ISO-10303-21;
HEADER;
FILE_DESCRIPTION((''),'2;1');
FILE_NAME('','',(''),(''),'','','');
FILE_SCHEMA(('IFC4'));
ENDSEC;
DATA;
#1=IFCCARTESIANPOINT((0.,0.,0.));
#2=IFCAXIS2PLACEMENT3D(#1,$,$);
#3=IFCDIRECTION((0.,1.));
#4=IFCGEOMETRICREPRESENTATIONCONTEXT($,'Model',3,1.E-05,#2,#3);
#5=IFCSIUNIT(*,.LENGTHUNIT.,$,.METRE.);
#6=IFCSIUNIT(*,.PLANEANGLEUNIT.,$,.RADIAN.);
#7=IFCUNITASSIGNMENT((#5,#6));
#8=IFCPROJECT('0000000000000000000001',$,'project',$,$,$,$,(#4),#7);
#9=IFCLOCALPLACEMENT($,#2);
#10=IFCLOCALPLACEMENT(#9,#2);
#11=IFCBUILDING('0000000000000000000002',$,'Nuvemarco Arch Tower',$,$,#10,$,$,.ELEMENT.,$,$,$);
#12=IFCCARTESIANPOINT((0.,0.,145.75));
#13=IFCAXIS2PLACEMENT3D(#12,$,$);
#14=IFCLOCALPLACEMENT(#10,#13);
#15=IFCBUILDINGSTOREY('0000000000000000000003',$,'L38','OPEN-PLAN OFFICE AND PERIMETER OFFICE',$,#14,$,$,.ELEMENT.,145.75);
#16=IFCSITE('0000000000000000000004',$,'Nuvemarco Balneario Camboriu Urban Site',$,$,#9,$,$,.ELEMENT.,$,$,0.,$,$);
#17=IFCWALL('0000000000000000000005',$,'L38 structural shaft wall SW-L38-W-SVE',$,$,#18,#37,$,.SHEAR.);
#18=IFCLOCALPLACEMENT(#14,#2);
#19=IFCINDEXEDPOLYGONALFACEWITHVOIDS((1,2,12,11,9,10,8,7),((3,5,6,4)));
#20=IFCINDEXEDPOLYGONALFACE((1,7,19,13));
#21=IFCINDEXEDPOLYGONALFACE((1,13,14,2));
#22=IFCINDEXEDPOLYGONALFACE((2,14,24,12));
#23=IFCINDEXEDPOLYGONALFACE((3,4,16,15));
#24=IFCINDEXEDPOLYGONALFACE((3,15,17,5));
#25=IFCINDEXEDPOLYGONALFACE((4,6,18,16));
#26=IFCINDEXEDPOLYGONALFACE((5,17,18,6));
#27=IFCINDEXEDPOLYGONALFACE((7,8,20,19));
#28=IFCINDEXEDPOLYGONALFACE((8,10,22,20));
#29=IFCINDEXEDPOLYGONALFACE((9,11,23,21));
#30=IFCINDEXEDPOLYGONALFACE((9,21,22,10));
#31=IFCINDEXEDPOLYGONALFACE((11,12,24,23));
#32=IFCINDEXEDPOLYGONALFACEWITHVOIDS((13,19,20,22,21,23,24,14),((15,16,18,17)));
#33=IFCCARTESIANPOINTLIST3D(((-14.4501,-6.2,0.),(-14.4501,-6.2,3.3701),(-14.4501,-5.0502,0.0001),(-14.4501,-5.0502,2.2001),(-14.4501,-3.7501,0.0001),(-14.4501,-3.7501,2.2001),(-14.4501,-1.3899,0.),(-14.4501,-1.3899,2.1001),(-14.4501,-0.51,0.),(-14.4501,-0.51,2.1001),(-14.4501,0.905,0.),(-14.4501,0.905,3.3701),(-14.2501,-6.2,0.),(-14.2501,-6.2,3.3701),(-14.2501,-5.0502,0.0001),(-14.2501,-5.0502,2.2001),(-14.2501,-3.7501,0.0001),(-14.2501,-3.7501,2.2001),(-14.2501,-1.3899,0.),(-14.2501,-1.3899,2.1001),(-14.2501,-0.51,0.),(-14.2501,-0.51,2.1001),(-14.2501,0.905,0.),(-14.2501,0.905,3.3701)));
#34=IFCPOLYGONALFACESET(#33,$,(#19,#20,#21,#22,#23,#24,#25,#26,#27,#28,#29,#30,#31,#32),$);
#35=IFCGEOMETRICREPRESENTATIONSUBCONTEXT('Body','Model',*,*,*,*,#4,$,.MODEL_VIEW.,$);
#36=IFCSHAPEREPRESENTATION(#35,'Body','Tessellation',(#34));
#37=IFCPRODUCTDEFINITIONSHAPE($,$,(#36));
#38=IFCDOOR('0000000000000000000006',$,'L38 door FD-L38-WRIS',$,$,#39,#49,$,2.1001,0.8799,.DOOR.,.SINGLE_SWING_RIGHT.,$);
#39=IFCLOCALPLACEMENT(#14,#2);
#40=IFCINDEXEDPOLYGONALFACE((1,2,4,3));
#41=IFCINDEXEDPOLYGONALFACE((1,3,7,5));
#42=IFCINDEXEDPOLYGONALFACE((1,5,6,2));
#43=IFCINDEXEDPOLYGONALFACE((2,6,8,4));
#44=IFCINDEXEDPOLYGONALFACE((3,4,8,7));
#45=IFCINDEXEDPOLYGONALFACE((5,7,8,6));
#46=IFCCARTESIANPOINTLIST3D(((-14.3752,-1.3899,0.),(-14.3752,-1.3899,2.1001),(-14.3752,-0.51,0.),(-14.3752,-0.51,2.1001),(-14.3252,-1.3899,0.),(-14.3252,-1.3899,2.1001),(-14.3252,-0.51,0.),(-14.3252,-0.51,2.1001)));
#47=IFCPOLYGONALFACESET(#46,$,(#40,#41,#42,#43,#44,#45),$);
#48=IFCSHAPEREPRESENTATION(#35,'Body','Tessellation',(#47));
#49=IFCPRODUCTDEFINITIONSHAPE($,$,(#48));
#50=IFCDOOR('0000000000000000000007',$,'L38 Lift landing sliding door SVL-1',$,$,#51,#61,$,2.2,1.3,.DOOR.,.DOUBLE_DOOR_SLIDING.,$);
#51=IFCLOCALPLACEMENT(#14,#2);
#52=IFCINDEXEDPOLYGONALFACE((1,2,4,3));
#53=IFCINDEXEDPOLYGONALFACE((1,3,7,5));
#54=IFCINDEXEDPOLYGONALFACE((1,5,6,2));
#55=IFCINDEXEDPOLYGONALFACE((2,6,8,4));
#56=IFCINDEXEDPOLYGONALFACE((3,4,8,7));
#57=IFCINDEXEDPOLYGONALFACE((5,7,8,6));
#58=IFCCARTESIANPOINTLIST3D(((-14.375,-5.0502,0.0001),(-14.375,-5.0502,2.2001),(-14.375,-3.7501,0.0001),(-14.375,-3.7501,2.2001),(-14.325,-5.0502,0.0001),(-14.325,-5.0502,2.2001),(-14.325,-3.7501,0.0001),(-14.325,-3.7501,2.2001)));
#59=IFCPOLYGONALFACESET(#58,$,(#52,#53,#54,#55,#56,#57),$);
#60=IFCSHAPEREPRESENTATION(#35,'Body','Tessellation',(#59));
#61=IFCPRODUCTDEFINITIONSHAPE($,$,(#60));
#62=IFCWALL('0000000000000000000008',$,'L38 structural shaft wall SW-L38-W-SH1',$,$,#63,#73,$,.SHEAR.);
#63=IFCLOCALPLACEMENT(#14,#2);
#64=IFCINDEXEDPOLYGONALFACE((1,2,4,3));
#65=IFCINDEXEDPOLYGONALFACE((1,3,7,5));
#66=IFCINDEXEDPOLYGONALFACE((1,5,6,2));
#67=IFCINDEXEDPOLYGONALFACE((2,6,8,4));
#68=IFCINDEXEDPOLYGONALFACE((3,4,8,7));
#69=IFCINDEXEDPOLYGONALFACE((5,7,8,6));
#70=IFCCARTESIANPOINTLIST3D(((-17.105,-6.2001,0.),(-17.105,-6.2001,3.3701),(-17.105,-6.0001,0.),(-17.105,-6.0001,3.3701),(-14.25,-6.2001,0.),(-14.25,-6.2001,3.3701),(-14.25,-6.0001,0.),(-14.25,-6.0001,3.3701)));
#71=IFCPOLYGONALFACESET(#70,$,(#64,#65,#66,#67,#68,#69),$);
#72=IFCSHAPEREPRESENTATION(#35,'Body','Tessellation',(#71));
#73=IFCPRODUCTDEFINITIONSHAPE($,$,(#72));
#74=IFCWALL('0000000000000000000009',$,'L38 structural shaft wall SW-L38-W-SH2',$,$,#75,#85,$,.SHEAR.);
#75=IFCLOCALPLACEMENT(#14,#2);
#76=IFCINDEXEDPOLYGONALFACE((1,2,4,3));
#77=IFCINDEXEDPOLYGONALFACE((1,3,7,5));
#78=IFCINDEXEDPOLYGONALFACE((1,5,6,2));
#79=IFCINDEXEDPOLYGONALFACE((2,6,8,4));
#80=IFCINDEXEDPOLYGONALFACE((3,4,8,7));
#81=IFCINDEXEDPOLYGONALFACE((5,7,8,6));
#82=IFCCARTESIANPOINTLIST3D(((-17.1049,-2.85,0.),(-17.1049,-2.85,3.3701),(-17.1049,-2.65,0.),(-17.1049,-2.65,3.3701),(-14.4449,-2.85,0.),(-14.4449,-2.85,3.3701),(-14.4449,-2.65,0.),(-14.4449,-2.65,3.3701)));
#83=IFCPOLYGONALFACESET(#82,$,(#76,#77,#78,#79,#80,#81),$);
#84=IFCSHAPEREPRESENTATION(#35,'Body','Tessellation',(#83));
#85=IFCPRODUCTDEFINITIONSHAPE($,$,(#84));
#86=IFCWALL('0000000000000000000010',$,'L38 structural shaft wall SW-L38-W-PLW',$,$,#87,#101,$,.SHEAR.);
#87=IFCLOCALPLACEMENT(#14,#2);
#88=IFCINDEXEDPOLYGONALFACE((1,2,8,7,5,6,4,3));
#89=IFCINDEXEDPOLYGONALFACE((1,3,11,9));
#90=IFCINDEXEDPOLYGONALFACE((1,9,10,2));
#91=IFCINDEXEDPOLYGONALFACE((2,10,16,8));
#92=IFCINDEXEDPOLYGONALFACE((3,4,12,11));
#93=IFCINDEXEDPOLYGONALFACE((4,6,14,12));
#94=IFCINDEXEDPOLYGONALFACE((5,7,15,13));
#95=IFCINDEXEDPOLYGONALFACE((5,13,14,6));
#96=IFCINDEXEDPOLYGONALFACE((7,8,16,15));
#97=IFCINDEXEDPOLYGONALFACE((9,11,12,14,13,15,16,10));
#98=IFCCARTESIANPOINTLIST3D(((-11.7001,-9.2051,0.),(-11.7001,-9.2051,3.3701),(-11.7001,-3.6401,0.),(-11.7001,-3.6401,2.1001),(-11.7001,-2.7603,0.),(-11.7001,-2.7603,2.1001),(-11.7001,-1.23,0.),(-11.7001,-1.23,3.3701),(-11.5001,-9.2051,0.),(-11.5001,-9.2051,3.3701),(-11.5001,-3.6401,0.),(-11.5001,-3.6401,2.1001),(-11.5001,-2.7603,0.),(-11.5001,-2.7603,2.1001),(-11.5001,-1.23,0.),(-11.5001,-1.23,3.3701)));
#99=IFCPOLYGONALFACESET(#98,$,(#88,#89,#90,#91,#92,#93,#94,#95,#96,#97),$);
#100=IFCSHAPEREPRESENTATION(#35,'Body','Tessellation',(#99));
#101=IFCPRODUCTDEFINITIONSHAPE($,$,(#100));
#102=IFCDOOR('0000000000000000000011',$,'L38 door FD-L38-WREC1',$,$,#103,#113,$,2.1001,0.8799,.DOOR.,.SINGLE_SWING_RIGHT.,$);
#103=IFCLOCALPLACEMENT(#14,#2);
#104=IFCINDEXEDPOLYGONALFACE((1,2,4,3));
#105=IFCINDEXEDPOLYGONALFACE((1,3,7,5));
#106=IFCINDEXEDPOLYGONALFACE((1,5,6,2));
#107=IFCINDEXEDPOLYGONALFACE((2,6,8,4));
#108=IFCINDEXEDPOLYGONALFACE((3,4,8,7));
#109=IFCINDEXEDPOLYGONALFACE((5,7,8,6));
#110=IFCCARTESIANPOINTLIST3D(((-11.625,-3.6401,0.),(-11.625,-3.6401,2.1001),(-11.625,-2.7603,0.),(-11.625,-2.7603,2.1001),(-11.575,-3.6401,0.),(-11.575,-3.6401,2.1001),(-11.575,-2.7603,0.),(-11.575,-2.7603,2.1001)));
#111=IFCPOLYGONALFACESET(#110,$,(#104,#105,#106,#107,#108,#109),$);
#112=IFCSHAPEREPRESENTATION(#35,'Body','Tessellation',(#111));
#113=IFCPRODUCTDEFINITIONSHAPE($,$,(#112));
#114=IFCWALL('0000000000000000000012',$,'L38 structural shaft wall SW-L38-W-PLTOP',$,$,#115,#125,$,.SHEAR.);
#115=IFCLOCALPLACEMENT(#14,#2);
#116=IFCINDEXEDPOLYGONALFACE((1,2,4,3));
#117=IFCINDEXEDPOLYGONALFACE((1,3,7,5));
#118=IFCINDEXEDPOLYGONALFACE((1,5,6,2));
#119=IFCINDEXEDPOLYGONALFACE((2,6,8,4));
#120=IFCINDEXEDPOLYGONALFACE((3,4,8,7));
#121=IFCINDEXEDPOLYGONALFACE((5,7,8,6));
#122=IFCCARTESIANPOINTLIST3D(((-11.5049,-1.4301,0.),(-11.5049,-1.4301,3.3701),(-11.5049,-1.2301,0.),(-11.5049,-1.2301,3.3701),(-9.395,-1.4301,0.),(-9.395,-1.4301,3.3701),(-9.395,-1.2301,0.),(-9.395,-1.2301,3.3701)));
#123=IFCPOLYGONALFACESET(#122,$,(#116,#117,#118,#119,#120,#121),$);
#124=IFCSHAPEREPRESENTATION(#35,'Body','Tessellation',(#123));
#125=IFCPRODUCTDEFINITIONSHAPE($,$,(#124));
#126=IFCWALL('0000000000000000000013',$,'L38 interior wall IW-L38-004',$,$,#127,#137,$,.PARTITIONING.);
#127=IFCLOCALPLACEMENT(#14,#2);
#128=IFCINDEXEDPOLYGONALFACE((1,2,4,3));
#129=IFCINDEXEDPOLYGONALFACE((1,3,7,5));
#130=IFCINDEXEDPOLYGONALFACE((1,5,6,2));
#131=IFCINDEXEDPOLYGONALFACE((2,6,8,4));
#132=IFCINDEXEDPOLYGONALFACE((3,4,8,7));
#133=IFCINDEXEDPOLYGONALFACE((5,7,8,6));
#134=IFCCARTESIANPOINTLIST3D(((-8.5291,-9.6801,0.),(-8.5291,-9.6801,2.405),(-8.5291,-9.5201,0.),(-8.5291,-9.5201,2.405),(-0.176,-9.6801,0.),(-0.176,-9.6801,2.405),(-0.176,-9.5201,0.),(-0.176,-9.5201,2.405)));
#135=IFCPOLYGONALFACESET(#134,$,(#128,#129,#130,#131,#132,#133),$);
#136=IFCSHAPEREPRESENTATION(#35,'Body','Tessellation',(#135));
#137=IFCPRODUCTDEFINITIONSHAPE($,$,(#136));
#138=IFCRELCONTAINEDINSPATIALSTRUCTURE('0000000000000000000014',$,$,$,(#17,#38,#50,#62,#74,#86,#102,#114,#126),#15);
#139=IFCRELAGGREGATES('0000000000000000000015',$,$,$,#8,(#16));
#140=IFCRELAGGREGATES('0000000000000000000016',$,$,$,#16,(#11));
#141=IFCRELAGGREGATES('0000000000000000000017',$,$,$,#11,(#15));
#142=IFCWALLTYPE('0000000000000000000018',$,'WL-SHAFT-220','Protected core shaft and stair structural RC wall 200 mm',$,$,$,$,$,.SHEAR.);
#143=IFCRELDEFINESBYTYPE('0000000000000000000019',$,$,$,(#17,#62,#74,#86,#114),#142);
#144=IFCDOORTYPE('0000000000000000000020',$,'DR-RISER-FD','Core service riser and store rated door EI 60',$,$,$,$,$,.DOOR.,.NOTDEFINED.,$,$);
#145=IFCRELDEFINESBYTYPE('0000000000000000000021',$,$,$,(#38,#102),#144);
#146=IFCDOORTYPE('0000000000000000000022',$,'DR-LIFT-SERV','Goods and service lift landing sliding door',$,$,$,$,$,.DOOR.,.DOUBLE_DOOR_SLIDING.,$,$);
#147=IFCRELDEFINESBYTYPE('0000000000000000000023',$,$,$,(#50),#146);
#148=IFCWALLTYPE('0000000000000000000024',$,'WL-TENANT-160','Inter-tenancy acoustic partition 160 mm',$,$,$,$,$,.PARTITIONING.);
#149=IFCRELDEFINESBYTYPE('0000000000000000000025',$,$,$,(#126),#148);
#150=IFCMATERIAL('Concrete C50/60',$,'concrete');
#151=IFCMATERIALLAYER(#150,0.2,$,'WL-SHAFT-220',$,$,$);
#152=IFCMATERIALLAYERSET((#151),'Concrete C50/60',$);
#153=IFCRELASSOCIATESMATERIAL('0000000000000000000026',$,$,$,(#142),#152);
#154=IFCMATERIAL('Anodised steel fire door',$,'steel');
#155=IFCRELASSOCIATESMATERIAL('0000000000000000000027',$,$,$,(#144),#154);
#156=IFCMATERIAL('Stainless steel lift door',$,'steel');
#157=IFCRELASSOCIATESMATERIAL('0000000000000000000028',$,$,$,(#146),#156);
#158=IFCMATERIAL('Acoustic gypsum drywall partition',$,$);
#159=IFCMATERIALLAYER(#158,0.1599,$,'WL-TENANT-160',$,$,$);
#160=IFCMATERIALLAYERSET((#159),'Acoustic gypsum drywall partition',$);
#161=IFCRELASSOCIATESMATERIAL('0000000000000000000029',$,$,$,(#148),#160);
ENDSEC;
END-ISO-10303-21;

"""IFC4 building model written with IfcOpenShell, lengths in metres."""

from ifc_helpers import new_model, si_unit, direction, frame, frame_2d, origin, place, context, subcontext, project, spatial, rectangle, extrude, source, transform, mapped, material, layer, layer_set, type_object, type_shapes, element, fill, save


model = new_model("IFC4")

# Units and contexts
model_context = context("Model", 3, precision=1e-05, world=origin(), true_north=direction((0.0, 1.0)))
body_context = subcontext(model_context, "Body", "Model", "MODEL_VIEW")
ifc_project = project(units=[si_unit("LENGTHUNIT", "METRE"), si_unit("PLANEANGLEUNIT", "RADIAN")], contexts=[model_context])

# Site, building, storey
site_placement = place(None, origin())
site = spatial("IfcSite", under=ifc_project, at=site_placement, Name="Nuvemarco Balneario Camboriu Urban Site", CompositionType="ELEMENT", RefElevation=0.0)
building_placement = place(site_placement, origin())
building = spatial("IfcBuilding", under=site, at=building_placement, Name="Nuvemarco Arch Tower", CompositionType="ELEMENT")
storey_placement = place(building_placement, frame((0.0, 0.0, 145.75)))
storey = spatial("IfcBuildingStorey", under=building, at=storey_placement, Name="L38", Description="OPEN-PLAN OFFICE AND PERIMETER OFFICE", CompositionType="ELEMENT", Elevation=145.75)

# Shared definitions
ifc_material_1 = material(Name="Concrete C50/60", Category="concrete")

# Shared definitions
ifc_material_2 = material(Name="Anodised steel fire door", Category="steel")

# Shared definitions
ifc_layer_1 = layer(ifc_material_1, 0.2, Name="WL-SHAFT-220")
ifc_layer_set_1 = layer_set([ifc_layer_1], Name="Concrete C50/60")
wall_type_1 = type_object("IfcWallType", Name="WL-SHAFT-220", Description="Protected core shaft and stair structural RC wall 200 mm", PredefinedType="SHEAR", material=ifc_layer_set_1)
ifc_material_3 = material(Name="Stainless steel lift door", Category="steel")

# Wall, openings, doors
wall_1_placement = place(storey_placement, frame((-14.3501, -6.2, 0.0), z_axis=(0.0, 0.0, 1.0), x_axis=(0.0, 1.0, 0.0)))
wall_1 = element("IfcWall", 1, at=wall_1_placement, inside=storey, type_object=wall_type_1, Name="L38 structural shaft wall SW-L38-W-SVE", PredefinedType="SHEAR", context=body_context, shape_type="SweptSolid", body=[
    extrude(rectangle(XDim=7.105, YDim=0.2, at=frame_2d((3.5525, 0.0))), origin(), (0.0, 0.0, 1.0), 3.3701),
])
opening_1_placement = place(wall_1_placement, frame((5.6899, 0.0, 0.0), z_axis=(0.0, 0.0, 1.0), x_axis=(-1.0, 0.0, 0.0)))
opening_1 = element("IfcOpeningElement", 2, at=opening_1_placement, cuts=wall_1, PredefinedType="OPENING", context=body_context, shape_type="SweptSolid", body=[
    extrude(rectangle(XDim=0.8799, YDim=2.1001, at=frame_2d((0.4399, 1.05))), frame((0.0, 0.1099, 0.0), z_axis=(0.0, -1.0, 0.0), x_axis=(1.0, 0.0, 0.0)), (0.0, 0.0, 1.0), 0.22),
])
opening_2_placement = place(wall_1_placement, frame((1.1499, 0.0, 0.0)))
opening_2 = element("IfcOpeningElement", 3, at=opening_2_placement, cuts=wall_1, PredefinedType="OPENING", context=body_context, shape_type="SweptSolid", body=[
    extrude(rectangle(XDim=1.3, YDim=2.2, at=frame_2d((0.6499, 1.1001))), frame((0.0, 0.1099, 0.0), z_axis=(0.0, -1.0, 0.0), x_axis=(1.0, 0.0, 0.0)), (0.0, 0.0, 1.0), 0.22),
])
door_type_1 = type_object("IfcDoorType", Name="DR-RISER-FD", Description="Core service riser and store rated door EI 60", OperationType="NOTDEFINED", PredefinedType="DOOR", material=ifc_material_2)
shared_shape_1 = source(origin(), body_context, "Body", "SweptSolid", [
    extrude(rectangle(XDim=0.8799, YDim=2.1001, at=frame_2d((0.4399, 1.05))), frame((0.0, 0.0249, 0.0), z_axis=(0.0, -1.0, 0.0), x_axis=(1.0, 0.0, 0.0)), (0.0, 0.0, 1.0), 0.05),
])
type_shapes(door_type_1, [shared_shape_1])
door_1_placement = place(opening_1_placement, origin())
door_1 = element("IfcDoor", 4, at=door_1_placement, inside=storey, type_object=door_type_1, Name="L38 door FD-L38-WRIS", OperationType="SINGLE_SWING_RIGHT", OverallHeight=2.1001, OverallWidth=0.8799, PredefinedType="DOOR", context=body_context, shape_type="MappedRepresentation", body=[
    mapped(shared_shape_1, transform((0.0, 0.0, 0.0), scale=1.0)),
])
fill(opening_1, door_1)
door_type_2 = type_object("IfcDoorType", Name="DR-LIFT-SERV", Description="Goods and service lift landing sliding door", OperationType="DOUBLE_DOOR_SLIDING", PredefinedType="DOOR", material=ifc_material_3)
shared_shape_2 = source(origin(), body_context, "Body", "SweptSolid", [
    extrude(rectangle(XDim=1.3, YDim=2.2, at=frame_2d((0.6499, 1.1001))), frame((0.0, 0.0249, 0.0), z_axis=(0.0, -1.0, 0.0), x_axis=(1.0, 0.0, 0.0)), (0.0, 0.0, 1.0), 0.05),
])
type_shapes(door_type_2, [shared_shape_2])
door_2_placement = place(opening_2_placement, origin())
door_2 = element("IfcDoor", 5, at=door_2_placement, inside=storey, type_object=door_type_2, Name="L38 Lift landing sliding door SVL-1", OperationType="DOUBLE_DOOR_SLIDING", OverallHeight=2.2, OverallWidth=1.3, PredefinedType="DOOR", context=body_context, shape_type="MappedRepresentation", body=[
    mapped(shared_shape_2, transform((0.0, 0.0, 0.0), scale=1.0)),
])
fill(opening_2, door_2)

# Walls
wall_2_placement = place(storey_placement, frame((-17.105, -6.1001, 0.0), z_axis=(0.0, 0.0, 1.0), x_axis=(1.0, 0.0, 0.0)))
element("IfcWall", 6, at=wall_2_placement, inside=storey, type_object=wall_type_1, Name="L38 structural shaft wall SW-L38-W-SH1", PredefinedType="SHEAR", context=body_context, shape_type="SweptSolid", body=[
    extrude(rectangle(XDim=2.855, YDim=0.2, at=frame_2d((1.4275, 0.0))), origin(), (0.0, 0.0, 1.0), 3.3701),
])
wall_3_placement = place(storey_placement, frame((-17.105, -2.75, 0.0), z_axis=(0.0, 0.0, 1.0), x_axis=(1.0, 0.0, 0.0)))
element("IfcWall", 7, at=wall_3_placement, inside=storey, type_object=wall_type_1, Name="L38 structural shaft wall SW-L38-W-SH2", PredefinedType="SHEAR", context=body_context, shape_type="SweptSolid", body=[
    extrude(rectangle(XDim=2.6599, YDim=0.2, at=frame_2d((1.3301, 0.0))), origin(), (0.0, 0.0, 1.0), 3.3701),
])

# Wall, opening, door
wall_4_placement = place(storey_placement, frame((-11.6001, -9.2051, 0.0), z_axis=(0.0, 0.0, 1.0), x_axis=(0.0, 1.0, 0.0)))
wall_4 = element("IfcWall", 8, at=wall_4_placement, inside=storey, type_object=wall_type_1, Name="L38 structural shaft wall SW-L38-W-PLW", PredefinedType="SHEAR", context=body_context, shape_type="SweptSolid", body=[
    extrude(rectangle(XDim=7.9751, YDim=0.2, at=frame_2d((3.9875, 0.0))), origin(), (0.0, 0.0, 1.0), 3.3701),
])
opening_3_placement = place(wall_4_placement, frame((5.5649, 0.0, 0.0)))
opening_3 = element("IfcOpeningElement", 9, at=opening_3_placement, cuts=wall_4, PredefinedType="OPENING", context=body_context, shape_type="SweptSolid", body=[
    extrude(rectangle(XDim=0.8799, YDim=2.1001, at=frame_2d((0.4399, 1.05))), frame((0.0, 0.1099, 0.0), z_axis=(0.0, -1.0, 0.0), x_axis=(1.0, 0.0, 0.0)), (0.0, 0.0, 1.0), 0.22),
])
door_3_placement = place(opening_3_placement, origin())
door_3 = element("IfcDoor", 10, at=door_3_placement, inside=storey, type_object=door_type_1, Name="L38 door FD-L38-WREC1", OperationType="SINGLE_SWING_RIGHT", OverallHeight=2.1001, OverallWidth=0.8799, PredefinedType="DOOR", context=body_context, shape_type="MappedRepresentation", body=[
    mapped(shared_shape_1, transform((0.0, 0.0, 0.0), scale=1.0)),
])
fill(opening_3, door_3)

# Walls
wall_5_placement = place(storey_placement, frame((-11.5049, -1.3301, 0.0), z_axis=(0.0, 0.0, 1.0), x_axis=(1.0, 0.0, 0.0)))
element("IfcWall", 11, at=wall_5_placement, inside=storey, type_object=wall_type_1, Name="L38 structural shaft wall SW-L38-W-PLTOP", PredefinedType="SHEAR", context=body_context, shape_type="SweptSolid", body=[
    extrude(rectangle(XDim=2.1099, YDim=0.2, at=frame_2d((1.0549, 0.0))), origin(), (0.0, 0.0, 1.0), 3.3701),
])
ifc_material_4 = material(Name="Acoustic gypsum drywall partition")
ifc_layer_2 = layer(ifc_material_4, 0.1599, Name="WL-TENANT-160")
ifc_layer_set_2 = layer_set([ifc_layer_2], Name="Acoustic gypsum drywall partition")
wall_type_2 = type_object("IfcWallType", Name="WL-TENANT-160", Description="Inter-tenancy acoustic partition 160 mm", PredefinedType="PARTITIONING", material=ifc_layer_set_2)
wall_6_placement = place(storey_placement, frame((-8.5291, -9.6001, 0.0), z_axis=(0.0, 0.0, 1.0), x_axis=(1.0, 0.0, 0.0)))
element("IfcWall", 12, at=wall_6_placement, inside=storey, type_object=wall_type_2, Name="L38 interior wall IW-L38-004", PredefinedType="PARTITIONING", context=body_context, shape_type="SweptSolid", body=[
    extrude(rectangle(XDim=8.353, YDim=0.1599, at=frame_2d((4.1765, 0.0))), origin(), (0.0, 0.0, 1.0), 2.405),
])

save(model, "model.ifc")
